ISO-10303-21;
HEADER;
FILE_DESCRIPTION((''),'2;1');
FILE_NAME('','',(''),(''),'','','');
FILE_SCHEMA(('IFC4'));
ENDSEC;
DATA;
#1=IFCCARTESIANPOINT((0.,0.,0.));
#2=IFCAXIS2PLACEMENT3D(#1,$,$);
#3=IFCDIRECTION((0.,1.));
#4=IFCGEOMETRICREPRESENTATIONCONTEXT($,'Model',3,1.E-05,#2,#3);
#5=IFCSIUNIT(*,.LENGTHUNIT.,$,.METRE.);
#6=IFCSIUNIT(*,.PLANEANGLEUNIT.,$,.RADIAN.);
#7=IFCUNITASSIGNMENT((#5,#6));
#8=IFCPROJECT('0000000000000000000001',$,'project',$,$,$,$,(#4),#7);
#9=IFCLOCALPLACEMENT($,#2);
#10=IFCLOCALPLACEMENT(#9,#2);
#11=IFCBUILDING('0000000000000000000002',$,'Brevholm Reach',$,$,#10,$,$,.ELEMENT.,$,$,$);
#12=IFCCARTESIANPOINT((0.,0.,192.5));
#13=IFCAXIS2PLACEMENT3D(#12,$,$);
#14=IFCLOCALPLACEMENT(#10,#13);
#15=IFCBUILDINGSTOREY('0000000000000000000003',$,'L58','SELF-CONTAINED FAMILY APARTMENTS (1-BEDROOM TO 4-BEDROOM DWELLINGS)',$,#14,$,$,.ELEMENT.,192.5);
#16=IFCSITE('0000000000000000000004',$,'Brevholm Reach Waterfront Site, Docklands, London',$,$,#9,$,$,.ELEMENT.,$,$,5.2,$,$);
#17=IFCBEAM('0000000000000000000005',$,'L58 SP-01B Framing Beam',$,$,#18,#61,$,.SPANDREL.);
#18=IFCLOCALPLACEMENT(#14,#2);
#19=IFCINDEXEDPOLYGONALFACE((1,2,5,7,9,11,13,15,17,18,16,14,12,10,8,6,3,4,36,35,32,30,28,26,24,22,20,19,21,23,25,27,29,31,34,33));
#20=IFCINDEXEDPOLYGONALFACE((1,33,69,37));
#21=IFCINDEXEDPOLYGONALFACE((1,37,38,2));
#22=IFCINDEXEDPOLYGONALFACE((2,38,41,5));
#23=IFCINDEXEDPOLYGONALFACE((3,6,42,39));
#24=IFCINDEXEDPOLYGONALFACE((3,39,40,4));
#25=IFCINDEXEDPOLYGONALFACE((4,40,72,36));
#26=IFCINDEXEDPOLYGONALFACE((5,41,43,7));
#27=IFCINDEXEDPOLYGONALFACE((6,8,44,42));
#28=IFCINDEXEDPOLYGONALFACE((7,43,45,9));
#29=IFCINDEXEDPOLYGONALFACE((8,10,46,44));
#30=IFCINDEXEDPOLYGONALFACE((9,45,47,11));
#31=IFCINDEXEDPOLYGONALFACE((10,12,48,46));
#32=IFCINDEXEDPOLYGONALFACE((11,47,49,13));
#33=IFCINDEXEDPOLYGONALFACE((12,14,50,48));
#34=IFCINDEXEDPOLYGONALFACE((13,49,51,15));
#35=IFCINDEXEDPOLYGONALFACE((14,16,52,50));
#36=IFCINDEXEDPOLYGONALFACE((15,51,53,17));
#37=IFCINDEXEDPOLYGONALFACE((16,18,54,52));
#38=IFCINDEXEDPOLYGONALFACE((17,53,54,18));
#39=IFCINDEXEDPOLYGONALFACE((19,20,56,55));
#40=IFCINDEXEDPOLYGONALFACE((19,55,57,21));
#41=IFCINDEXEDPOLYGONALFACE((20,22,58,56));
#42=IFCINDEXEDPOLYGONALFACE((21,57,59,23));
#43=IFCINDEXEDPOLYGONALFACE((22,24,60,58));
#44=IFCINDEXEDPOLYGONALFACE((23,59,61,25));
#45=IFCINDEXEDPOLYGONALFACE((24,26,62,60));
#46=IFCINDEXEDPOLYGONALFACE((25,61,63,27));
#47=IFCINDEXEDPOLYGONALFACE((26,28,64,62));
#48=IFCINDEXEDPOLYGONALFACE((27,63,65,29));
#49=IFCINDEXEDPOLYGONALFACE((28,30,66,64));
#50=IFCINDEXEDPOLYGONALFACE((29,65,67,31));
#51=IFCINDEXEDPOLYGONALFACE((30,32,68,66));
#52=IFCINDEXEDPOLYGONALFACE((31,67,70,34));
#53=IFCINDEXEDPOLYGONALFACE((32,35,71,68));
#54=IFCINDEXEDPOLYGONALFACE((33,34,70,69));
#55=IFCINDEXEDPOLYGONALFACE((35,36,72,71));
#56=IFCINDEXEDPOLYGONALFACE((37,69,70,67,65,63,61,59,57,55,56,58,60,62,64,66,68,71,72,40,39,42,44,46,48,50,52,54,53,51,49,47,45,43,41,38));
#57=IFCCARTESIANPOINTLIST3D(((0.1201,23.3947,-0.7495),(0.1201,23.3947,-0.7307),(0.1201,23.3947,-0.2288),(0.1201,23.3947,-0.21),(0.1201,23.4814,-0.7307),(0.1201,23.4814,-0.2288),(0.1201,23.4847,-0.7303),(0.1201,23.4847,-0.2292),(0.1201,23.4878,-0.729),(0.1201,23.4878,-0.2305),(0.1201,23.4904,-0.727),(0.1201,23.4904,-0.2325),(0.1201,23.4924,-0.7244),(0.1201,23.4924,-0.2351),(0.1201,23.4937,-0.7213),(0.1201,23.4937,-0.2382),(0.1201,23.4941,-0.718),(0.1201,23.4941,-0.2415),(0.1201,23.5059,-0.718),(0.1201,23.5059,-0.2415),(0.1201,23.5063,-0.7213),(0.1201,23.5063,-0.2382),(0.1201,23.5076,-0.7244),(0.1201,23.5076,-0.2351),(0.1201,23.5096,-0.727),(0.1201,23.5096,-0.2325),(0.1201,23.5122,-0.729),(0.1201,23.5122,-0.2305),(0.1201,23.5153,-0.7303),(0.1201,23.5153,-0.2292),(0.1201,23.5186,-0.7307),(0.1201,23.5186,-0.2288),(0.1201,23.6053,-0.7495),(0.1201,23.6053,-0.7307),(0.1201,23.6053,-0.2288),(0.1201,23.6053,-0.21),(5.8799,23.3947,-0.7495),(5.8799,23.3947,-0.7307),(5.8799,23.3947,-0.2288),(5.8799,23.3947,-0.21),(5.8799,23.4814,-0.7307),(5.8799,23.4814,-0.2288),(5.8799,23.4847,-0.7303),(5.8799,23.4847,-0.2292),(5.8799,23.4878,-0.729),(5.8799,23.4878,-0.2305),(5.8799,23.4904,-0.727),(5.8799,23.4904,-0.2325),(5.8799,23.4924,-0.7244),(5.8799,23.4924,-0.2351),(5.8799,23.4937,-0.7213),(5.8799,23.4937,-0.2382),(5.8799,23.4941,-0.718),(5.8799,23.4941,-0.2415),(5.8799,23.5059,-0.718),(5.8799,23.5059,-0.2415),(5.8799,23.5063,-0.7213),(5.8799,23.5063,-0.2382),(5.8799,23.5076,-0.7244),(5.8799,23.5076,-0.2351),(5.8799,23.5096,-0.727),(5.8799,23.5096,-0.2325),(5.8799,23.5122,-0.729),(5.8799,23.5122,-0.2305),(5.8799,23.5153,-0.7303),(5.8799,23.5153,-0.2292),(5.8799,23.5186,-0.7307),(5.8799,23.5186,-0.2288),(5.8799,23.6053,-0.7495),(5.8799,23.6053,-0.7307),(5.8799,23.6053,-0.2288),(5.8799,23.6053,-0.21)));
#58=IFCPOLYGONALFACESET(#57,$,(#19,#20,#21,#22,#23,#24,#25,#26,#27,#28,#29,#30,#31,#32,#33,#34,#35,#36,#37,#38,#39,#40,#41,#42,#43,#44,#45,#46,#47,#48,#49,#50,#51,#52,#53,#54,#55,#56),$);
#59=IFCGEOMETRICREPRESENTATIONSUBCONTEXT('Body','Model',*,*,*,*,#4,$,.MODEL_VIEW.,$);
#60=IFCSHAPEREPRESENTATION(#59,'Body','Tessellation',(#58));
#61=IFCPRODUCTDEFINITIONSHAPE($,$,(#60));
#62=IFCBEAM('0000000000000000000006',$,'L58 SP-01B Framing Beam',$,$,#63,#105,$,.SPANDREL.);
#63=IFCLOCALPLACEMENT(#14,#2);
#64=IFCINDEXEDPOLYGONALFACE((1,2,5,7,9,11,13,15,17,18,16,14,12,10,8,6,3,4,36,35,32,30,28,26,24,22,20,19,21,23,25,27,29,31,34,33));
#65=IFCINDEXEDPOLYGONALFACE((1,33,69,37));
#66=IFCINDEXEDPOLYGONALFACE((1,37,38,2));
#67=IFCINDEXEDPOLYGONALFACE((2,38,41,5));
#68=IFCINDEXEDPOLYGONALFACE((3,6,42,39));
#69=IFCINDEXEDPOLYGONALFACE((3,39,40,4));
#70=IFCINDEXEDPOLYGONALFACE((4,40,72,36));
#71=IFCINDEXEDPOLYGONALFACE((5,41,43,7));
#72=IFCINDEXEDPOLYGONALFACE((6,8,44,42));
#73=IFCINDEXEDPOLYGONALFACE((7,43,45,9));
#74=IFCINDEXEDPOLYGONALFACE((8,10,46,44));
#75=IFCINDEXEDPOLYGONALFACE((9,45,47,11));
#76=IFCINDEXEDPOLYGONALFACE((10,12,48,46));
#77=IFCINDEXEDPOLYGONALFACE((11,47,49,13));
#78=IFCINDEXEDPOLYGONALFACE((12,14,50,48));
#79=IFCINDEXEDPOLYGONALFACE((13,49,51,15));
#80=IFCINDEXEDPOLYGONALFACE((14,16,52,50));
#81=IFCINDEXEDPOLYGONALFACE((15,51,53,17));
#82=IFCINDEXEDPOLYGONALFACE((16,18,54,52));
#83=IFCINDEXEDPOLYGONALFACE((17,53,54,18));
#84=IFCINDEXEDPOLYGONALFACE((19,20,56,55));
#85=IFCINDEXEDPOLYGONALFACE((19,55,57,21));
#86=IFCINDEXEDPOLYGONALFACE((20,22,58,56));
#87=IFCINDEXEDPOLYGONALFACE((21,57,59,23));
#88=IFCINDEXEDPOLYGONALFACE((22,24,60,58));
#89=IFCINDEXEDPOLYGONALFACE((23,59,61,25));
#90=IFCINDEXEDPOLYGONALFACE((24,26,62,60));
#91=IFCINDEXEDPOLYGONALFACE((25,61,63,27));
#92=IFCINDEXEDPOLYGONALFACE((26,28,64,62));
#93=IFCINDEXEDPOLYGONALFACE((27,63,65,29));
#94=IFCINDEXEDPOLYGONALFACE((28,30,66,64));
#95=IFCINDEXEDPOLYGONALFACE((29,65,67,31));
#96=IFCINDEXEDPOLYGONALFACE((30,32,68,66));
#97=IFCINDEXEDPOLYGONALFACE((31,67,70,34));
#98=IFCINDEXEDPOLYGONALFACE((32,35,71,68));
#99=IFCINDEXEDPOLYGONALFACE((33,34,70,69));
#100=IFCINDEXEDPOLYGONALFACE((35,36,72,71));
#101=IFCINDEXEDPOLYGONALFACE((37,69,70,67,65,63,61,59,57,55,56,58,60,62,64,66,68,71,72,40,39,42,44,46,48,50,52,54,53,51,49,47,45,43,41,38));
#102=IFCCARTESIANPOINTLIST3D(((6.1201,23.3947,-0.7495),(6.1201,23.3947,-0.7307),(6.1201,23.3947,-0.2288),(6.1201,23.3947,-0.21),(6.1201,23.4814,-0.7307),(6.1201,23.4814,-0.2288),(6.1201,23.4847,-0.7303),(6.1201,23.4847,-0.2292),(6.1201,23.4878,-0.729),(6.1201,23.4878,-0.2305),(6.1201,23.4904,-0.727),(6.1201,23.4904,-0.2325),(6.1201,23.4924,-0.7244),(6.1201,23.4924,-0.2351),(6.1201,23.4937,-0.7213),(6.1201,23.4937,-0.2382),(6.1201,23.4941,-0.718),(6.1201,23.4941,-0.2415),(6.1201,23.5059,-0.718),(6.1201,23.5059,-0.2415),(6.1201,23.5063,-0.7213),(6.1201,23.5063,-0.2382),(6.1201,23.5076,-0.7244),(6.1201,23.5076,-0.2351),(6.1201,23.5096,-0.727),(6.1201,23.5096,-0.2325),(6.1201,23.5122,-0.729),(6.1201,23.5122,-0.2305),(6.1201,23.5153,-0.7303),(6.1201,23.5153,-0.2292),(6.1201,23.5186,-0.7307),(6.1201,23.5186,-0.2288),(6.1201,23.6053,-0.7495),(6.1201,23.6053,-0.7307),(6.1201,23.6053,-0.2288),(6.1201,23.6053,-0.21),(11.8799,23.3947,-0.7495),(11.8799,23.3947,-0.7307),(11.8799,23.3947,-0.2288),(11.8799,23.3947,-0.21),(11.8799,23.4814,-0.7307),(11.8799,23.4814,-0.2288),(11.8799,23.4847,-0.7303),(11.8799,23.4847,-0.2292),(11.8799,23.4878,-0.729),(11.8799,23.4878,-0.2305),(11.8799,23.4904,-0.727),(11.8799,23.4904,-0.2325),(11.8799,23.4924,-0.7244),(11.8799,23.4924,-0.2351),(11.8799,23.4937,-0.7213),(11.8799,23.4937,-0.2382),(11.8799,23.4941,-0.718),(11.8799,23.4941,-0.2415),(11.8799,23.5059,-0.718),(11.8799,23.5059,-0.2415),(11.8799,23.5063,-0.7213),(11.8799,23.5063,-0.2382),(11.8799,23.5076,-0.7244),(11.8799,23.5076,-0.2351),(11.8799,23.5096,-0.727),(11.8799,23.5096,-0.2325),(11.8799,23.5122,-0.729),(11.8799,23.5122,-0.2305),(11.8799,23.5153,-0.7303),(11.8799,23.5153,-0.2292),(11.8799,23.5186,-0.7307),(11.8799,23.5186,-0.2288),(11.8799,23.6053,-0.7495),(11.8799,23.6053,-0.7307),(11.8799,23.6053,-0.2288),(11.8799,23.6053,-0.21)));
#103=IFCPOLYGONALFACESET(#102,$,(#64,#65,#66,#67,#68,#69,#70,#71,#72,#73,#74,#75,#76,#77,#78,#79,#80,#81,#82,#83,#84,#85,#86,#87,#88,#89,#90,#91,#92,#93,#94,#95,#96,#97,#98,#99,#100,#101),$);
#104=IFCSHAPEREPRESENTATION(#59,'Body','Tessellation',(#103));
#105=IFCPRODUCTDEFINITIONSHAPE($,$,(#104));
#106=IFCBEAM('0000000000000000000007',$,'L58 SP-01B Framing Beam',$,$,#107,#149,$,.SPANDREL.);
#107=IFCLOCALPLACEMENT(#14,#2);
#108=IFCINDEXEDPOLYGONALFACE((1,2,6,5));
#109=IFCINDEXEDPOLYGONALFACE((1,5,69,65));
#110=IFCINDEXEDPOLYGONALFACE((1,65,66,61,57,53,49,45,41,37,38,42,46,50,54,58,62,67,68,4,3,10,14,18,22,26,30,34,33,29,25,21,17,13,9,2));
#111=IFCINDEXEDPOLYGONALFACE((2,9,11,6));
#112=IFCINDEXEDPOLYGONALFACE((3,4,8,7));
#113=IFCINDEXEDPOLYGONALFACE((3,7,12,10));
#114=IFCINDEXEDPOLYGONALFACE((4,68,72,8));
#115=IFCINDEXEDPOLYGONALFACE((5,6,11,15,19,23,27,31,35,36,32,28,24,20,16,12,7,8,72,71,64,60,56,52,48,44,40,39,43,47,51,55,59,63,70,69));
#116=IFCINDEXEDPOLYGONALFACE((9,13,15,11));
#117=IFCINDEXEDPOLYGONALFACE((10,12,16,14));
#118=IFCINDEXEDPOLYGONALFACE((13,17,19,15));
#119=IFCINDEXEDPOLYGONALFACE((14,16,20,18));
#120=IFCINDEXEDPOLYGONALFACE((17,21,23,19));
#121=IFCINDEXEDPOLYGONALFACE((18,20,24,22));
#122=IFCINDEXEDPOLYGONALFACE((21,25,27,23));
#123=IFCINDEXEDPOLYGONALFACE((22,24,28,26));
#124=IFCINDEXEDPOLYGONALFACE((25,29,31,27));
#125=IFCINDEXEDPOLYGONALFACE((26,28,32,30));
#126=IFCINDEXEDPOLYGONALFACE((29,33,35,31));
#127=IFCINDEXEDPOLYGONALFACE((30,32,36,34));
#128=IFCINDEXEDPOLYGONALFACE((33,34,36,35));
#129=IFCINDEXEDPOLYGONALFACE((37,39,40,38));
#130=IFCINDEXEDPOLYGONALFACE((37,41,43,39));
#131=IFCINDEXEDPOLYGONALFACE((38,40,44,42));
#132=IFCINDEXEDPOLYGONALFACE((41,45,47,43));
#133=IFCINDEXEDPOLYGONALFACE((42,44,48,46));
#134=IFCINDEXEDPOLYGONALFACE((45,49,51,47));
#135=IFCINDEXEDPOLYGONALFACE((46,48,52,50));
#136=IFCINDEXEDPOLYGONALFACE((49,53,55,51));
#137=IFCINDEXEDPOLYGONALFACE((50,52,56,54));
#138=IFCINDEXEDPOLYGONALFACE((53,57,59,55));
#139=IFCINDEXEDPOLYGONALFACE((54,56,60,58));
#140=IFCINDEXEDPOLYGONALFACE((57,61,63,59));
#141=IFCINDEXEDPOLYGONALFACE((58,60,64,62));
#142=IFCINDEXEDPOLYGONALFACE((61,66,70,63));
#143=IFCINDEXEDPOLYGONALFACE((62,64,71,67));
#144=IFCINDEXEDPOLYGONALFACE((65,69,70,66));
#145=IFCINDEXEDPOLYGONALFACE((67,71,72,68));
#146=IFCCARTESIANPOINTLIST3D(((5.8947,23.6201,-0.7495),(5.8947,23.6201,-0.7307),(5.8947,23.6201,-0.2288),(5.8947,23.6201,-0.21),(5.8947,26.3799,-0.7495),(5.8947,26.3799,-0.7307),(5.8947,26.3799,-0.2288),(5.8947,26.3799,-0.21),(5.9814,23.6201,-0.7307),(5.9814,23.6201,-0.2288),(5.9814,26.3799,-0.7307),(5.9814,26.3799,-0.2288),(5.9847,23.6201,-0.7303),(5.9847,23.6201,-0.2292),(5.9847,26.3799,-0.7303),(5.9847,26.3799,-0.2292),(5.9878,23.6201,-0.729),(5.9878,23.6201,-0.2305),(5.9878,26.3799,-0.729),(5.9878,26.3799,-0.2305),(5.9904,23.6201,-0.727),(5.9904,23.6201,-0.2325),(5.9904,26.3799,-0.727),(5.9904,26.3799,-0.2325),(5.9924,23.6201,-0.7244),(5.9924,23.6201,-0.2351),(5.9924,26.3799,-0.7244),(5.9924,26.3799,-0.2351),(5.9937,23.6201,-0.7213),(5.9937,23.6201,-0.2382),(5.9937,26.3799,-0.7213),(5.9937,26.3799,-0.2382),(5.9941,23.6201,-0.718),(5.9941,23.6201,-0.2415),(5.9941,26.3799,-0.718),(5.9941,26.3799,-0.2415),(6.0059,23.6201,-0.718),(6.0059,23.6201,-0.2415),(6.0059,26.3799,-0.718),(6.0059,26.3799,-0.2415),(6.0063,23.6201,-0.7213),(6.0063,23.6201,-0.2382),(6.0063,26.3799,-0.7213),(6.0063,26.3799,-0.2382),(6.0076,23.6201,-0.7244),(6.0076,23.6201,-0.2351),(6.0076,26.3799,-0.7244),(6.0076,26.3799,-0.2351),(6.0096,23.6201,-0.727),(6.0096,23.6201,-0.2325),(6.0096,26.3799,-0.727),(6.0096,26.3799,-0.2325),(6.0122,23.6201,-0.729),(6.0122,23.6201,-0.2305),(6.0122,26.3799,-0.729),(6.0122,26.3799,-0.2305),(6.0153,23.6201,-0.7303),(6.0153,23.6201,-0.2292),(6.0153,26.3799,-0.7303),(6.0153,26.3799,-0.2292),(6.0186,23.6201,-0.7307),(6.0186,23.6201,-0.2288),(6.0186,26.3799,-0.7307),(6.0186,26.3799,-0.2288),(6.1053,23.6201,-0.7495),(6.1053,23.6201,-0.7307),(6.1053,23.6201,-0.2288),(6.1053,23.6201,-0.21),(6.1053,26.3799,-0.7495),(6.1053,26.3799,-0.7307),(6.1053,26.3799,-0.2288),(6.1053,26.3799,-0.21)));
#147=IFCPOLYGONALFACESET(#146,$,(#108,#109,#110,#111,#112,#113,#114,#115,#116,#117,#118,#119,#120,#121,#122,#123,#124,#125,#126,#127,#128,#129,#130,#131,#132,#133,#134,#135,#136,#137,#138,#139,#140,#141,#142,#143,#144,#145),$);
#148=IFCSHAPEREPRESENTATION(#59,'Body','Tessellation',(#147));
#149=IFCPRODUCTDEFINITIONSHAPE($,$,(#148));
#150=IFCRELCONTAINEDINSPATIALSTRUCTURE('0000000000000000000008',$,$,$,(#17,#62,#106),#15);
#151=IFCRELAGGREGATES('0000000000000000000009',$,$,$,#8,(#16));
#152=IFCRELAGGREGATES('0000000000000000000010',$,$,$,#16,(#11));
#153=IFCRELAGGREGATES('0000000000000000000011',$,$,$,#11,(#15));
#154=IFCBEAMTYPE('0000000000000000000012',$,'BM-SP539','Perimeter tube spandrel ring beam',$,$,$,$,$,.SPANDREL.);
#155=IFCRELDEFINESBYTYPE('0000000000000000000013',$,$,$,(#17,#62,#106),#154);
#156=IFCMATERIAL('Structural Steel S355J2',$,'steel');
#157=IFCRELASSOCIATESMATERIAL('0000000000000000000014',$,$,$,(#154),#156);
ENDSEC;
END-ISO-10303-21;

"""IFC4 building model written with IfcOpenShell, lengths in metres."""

from ifc_helpers import new_model, si_unit, direction, frame, origin, origin_2d, place, context, subcontext, project, spatial, i_section, extrude, material, material_profile, profile_set, type_object, element, save


model = new_model("IFC4")

# Units and contexts
model_context = context("Model", 3, precision=1e-05, world=origin(), true_north=direction((0.0, 1.0)))
body_context = subcontext(model_context, "Body", "Model", "MODEL_VIEW")
ifc_project = project(units=[si_unit("LENGTHUNIT", "METRE"), si_unit("PLANEANGLEUNIT", "RADIAN")], contexts=[model_context])

# Site, building, storey
site_placement = place(None, origin())
site = spatial("IfcSite", under=ifc_project, at=site_placement, Name="Brevholm Reach Waterfront Site, Docklands, London", CompositionType="ELEMENT", RefElevation=5.2)
building_placement = place(site_placement, origin())
building = spatial("IfcBuilding", under=site, at=building_placement, Name="Brevholm Reach", CompositionType="ELEMENT")
storey_placement = place(building_placement, frame((0.0, 0.0, 192.5)))
storey = spatial("IfcBuildingStorey", under=building, at=storey_placement, Name="L58", Description="SELF-CONTAINED FAMILY APARTMENTS (1-BEDROOM TO 4-BEDROOM DWELLINGS)", CompositionType="ELEMENT", Elevation=192.5)

# Beams
ifc_material_1 = material(Name="Structural Steel S355J2", Category="steel")
ifc_material_profile_1 = material_profile(ifc_material_1, i_section(OverallWidth=0.2107, OverallDepth=0.5396, WebThickness=0.0117, FlangeThickness=0.0188, FilletRadius=0.0127, at=origin_2d()), Name="UKB 533x210x109")
ifc_profile_set_1 = profile_set([ifc_material_profile_1], Name="Structural Steel S355J2")
beam_type_1 = type_object("IfcBeamType", Name="BM-SP539", Description="Perimeter tube spandrel ring beam", PredefinedType="SPANDREL", material=ifc_profile_set_1)
for number, where, z_axis, x_axis, name in (
    (1, (0.1201, 23.5, -0.4797), (1.0, 0.0, 0.0), (0.0, 1.0, 0.0), "L58 SP-01B Framing Beam"),
    (2, (6.1201, 23.5, -0.4797), (1.0, 0.0, 0.0), (0.0, 1.0, 0.0), "L58 SP-01B Framing Beam"),
):
    element("IfcBeam", number, at=place(storey_placement, frame(where, z_axis=z_axis, x_axis=x_axis)), inside=storey, type_object=beam_type_1, Name=name, PredefinedType="SPANDREL", context=body_context, shape_type="SweptSolid", body=[
        extrude(i_section(OverallWidth=0.2107, OverallDepth=0.5396, WebThickness=0.0117, FlangeThickness=0.0188, FilletRadius=0.0127, at=origin_2d()), origin(), (0.0, 0.0, 1.0), 5.7598),
    ])
beam_1_placement = place(storey_placement, frame((6.0, 23.6201, -0.4797), z_axis=(0.0, 1.0, 0.0), x_axis=(-1.0, 0.0, 0.0)))
element("IfcBeam", 3, at=beam_1_placement, inside=storey, type_object=beam_type_1, Name="L58 SP-01B Framing Beam", PredefinedType="SPANDREL", context=body_context, shape_type="SweptSolid", body=[
    extrude(i_section(OverallWidth=0.2107, OverallDepth=0.5396, WebThickness=0.0117, FlangeThickness=0.0188, FilletRadius=0.0127, at=origin_2d()), origin(), (0.0, 0.0, 1.0), 2.7598),
])

save(model, "model.ifc")
